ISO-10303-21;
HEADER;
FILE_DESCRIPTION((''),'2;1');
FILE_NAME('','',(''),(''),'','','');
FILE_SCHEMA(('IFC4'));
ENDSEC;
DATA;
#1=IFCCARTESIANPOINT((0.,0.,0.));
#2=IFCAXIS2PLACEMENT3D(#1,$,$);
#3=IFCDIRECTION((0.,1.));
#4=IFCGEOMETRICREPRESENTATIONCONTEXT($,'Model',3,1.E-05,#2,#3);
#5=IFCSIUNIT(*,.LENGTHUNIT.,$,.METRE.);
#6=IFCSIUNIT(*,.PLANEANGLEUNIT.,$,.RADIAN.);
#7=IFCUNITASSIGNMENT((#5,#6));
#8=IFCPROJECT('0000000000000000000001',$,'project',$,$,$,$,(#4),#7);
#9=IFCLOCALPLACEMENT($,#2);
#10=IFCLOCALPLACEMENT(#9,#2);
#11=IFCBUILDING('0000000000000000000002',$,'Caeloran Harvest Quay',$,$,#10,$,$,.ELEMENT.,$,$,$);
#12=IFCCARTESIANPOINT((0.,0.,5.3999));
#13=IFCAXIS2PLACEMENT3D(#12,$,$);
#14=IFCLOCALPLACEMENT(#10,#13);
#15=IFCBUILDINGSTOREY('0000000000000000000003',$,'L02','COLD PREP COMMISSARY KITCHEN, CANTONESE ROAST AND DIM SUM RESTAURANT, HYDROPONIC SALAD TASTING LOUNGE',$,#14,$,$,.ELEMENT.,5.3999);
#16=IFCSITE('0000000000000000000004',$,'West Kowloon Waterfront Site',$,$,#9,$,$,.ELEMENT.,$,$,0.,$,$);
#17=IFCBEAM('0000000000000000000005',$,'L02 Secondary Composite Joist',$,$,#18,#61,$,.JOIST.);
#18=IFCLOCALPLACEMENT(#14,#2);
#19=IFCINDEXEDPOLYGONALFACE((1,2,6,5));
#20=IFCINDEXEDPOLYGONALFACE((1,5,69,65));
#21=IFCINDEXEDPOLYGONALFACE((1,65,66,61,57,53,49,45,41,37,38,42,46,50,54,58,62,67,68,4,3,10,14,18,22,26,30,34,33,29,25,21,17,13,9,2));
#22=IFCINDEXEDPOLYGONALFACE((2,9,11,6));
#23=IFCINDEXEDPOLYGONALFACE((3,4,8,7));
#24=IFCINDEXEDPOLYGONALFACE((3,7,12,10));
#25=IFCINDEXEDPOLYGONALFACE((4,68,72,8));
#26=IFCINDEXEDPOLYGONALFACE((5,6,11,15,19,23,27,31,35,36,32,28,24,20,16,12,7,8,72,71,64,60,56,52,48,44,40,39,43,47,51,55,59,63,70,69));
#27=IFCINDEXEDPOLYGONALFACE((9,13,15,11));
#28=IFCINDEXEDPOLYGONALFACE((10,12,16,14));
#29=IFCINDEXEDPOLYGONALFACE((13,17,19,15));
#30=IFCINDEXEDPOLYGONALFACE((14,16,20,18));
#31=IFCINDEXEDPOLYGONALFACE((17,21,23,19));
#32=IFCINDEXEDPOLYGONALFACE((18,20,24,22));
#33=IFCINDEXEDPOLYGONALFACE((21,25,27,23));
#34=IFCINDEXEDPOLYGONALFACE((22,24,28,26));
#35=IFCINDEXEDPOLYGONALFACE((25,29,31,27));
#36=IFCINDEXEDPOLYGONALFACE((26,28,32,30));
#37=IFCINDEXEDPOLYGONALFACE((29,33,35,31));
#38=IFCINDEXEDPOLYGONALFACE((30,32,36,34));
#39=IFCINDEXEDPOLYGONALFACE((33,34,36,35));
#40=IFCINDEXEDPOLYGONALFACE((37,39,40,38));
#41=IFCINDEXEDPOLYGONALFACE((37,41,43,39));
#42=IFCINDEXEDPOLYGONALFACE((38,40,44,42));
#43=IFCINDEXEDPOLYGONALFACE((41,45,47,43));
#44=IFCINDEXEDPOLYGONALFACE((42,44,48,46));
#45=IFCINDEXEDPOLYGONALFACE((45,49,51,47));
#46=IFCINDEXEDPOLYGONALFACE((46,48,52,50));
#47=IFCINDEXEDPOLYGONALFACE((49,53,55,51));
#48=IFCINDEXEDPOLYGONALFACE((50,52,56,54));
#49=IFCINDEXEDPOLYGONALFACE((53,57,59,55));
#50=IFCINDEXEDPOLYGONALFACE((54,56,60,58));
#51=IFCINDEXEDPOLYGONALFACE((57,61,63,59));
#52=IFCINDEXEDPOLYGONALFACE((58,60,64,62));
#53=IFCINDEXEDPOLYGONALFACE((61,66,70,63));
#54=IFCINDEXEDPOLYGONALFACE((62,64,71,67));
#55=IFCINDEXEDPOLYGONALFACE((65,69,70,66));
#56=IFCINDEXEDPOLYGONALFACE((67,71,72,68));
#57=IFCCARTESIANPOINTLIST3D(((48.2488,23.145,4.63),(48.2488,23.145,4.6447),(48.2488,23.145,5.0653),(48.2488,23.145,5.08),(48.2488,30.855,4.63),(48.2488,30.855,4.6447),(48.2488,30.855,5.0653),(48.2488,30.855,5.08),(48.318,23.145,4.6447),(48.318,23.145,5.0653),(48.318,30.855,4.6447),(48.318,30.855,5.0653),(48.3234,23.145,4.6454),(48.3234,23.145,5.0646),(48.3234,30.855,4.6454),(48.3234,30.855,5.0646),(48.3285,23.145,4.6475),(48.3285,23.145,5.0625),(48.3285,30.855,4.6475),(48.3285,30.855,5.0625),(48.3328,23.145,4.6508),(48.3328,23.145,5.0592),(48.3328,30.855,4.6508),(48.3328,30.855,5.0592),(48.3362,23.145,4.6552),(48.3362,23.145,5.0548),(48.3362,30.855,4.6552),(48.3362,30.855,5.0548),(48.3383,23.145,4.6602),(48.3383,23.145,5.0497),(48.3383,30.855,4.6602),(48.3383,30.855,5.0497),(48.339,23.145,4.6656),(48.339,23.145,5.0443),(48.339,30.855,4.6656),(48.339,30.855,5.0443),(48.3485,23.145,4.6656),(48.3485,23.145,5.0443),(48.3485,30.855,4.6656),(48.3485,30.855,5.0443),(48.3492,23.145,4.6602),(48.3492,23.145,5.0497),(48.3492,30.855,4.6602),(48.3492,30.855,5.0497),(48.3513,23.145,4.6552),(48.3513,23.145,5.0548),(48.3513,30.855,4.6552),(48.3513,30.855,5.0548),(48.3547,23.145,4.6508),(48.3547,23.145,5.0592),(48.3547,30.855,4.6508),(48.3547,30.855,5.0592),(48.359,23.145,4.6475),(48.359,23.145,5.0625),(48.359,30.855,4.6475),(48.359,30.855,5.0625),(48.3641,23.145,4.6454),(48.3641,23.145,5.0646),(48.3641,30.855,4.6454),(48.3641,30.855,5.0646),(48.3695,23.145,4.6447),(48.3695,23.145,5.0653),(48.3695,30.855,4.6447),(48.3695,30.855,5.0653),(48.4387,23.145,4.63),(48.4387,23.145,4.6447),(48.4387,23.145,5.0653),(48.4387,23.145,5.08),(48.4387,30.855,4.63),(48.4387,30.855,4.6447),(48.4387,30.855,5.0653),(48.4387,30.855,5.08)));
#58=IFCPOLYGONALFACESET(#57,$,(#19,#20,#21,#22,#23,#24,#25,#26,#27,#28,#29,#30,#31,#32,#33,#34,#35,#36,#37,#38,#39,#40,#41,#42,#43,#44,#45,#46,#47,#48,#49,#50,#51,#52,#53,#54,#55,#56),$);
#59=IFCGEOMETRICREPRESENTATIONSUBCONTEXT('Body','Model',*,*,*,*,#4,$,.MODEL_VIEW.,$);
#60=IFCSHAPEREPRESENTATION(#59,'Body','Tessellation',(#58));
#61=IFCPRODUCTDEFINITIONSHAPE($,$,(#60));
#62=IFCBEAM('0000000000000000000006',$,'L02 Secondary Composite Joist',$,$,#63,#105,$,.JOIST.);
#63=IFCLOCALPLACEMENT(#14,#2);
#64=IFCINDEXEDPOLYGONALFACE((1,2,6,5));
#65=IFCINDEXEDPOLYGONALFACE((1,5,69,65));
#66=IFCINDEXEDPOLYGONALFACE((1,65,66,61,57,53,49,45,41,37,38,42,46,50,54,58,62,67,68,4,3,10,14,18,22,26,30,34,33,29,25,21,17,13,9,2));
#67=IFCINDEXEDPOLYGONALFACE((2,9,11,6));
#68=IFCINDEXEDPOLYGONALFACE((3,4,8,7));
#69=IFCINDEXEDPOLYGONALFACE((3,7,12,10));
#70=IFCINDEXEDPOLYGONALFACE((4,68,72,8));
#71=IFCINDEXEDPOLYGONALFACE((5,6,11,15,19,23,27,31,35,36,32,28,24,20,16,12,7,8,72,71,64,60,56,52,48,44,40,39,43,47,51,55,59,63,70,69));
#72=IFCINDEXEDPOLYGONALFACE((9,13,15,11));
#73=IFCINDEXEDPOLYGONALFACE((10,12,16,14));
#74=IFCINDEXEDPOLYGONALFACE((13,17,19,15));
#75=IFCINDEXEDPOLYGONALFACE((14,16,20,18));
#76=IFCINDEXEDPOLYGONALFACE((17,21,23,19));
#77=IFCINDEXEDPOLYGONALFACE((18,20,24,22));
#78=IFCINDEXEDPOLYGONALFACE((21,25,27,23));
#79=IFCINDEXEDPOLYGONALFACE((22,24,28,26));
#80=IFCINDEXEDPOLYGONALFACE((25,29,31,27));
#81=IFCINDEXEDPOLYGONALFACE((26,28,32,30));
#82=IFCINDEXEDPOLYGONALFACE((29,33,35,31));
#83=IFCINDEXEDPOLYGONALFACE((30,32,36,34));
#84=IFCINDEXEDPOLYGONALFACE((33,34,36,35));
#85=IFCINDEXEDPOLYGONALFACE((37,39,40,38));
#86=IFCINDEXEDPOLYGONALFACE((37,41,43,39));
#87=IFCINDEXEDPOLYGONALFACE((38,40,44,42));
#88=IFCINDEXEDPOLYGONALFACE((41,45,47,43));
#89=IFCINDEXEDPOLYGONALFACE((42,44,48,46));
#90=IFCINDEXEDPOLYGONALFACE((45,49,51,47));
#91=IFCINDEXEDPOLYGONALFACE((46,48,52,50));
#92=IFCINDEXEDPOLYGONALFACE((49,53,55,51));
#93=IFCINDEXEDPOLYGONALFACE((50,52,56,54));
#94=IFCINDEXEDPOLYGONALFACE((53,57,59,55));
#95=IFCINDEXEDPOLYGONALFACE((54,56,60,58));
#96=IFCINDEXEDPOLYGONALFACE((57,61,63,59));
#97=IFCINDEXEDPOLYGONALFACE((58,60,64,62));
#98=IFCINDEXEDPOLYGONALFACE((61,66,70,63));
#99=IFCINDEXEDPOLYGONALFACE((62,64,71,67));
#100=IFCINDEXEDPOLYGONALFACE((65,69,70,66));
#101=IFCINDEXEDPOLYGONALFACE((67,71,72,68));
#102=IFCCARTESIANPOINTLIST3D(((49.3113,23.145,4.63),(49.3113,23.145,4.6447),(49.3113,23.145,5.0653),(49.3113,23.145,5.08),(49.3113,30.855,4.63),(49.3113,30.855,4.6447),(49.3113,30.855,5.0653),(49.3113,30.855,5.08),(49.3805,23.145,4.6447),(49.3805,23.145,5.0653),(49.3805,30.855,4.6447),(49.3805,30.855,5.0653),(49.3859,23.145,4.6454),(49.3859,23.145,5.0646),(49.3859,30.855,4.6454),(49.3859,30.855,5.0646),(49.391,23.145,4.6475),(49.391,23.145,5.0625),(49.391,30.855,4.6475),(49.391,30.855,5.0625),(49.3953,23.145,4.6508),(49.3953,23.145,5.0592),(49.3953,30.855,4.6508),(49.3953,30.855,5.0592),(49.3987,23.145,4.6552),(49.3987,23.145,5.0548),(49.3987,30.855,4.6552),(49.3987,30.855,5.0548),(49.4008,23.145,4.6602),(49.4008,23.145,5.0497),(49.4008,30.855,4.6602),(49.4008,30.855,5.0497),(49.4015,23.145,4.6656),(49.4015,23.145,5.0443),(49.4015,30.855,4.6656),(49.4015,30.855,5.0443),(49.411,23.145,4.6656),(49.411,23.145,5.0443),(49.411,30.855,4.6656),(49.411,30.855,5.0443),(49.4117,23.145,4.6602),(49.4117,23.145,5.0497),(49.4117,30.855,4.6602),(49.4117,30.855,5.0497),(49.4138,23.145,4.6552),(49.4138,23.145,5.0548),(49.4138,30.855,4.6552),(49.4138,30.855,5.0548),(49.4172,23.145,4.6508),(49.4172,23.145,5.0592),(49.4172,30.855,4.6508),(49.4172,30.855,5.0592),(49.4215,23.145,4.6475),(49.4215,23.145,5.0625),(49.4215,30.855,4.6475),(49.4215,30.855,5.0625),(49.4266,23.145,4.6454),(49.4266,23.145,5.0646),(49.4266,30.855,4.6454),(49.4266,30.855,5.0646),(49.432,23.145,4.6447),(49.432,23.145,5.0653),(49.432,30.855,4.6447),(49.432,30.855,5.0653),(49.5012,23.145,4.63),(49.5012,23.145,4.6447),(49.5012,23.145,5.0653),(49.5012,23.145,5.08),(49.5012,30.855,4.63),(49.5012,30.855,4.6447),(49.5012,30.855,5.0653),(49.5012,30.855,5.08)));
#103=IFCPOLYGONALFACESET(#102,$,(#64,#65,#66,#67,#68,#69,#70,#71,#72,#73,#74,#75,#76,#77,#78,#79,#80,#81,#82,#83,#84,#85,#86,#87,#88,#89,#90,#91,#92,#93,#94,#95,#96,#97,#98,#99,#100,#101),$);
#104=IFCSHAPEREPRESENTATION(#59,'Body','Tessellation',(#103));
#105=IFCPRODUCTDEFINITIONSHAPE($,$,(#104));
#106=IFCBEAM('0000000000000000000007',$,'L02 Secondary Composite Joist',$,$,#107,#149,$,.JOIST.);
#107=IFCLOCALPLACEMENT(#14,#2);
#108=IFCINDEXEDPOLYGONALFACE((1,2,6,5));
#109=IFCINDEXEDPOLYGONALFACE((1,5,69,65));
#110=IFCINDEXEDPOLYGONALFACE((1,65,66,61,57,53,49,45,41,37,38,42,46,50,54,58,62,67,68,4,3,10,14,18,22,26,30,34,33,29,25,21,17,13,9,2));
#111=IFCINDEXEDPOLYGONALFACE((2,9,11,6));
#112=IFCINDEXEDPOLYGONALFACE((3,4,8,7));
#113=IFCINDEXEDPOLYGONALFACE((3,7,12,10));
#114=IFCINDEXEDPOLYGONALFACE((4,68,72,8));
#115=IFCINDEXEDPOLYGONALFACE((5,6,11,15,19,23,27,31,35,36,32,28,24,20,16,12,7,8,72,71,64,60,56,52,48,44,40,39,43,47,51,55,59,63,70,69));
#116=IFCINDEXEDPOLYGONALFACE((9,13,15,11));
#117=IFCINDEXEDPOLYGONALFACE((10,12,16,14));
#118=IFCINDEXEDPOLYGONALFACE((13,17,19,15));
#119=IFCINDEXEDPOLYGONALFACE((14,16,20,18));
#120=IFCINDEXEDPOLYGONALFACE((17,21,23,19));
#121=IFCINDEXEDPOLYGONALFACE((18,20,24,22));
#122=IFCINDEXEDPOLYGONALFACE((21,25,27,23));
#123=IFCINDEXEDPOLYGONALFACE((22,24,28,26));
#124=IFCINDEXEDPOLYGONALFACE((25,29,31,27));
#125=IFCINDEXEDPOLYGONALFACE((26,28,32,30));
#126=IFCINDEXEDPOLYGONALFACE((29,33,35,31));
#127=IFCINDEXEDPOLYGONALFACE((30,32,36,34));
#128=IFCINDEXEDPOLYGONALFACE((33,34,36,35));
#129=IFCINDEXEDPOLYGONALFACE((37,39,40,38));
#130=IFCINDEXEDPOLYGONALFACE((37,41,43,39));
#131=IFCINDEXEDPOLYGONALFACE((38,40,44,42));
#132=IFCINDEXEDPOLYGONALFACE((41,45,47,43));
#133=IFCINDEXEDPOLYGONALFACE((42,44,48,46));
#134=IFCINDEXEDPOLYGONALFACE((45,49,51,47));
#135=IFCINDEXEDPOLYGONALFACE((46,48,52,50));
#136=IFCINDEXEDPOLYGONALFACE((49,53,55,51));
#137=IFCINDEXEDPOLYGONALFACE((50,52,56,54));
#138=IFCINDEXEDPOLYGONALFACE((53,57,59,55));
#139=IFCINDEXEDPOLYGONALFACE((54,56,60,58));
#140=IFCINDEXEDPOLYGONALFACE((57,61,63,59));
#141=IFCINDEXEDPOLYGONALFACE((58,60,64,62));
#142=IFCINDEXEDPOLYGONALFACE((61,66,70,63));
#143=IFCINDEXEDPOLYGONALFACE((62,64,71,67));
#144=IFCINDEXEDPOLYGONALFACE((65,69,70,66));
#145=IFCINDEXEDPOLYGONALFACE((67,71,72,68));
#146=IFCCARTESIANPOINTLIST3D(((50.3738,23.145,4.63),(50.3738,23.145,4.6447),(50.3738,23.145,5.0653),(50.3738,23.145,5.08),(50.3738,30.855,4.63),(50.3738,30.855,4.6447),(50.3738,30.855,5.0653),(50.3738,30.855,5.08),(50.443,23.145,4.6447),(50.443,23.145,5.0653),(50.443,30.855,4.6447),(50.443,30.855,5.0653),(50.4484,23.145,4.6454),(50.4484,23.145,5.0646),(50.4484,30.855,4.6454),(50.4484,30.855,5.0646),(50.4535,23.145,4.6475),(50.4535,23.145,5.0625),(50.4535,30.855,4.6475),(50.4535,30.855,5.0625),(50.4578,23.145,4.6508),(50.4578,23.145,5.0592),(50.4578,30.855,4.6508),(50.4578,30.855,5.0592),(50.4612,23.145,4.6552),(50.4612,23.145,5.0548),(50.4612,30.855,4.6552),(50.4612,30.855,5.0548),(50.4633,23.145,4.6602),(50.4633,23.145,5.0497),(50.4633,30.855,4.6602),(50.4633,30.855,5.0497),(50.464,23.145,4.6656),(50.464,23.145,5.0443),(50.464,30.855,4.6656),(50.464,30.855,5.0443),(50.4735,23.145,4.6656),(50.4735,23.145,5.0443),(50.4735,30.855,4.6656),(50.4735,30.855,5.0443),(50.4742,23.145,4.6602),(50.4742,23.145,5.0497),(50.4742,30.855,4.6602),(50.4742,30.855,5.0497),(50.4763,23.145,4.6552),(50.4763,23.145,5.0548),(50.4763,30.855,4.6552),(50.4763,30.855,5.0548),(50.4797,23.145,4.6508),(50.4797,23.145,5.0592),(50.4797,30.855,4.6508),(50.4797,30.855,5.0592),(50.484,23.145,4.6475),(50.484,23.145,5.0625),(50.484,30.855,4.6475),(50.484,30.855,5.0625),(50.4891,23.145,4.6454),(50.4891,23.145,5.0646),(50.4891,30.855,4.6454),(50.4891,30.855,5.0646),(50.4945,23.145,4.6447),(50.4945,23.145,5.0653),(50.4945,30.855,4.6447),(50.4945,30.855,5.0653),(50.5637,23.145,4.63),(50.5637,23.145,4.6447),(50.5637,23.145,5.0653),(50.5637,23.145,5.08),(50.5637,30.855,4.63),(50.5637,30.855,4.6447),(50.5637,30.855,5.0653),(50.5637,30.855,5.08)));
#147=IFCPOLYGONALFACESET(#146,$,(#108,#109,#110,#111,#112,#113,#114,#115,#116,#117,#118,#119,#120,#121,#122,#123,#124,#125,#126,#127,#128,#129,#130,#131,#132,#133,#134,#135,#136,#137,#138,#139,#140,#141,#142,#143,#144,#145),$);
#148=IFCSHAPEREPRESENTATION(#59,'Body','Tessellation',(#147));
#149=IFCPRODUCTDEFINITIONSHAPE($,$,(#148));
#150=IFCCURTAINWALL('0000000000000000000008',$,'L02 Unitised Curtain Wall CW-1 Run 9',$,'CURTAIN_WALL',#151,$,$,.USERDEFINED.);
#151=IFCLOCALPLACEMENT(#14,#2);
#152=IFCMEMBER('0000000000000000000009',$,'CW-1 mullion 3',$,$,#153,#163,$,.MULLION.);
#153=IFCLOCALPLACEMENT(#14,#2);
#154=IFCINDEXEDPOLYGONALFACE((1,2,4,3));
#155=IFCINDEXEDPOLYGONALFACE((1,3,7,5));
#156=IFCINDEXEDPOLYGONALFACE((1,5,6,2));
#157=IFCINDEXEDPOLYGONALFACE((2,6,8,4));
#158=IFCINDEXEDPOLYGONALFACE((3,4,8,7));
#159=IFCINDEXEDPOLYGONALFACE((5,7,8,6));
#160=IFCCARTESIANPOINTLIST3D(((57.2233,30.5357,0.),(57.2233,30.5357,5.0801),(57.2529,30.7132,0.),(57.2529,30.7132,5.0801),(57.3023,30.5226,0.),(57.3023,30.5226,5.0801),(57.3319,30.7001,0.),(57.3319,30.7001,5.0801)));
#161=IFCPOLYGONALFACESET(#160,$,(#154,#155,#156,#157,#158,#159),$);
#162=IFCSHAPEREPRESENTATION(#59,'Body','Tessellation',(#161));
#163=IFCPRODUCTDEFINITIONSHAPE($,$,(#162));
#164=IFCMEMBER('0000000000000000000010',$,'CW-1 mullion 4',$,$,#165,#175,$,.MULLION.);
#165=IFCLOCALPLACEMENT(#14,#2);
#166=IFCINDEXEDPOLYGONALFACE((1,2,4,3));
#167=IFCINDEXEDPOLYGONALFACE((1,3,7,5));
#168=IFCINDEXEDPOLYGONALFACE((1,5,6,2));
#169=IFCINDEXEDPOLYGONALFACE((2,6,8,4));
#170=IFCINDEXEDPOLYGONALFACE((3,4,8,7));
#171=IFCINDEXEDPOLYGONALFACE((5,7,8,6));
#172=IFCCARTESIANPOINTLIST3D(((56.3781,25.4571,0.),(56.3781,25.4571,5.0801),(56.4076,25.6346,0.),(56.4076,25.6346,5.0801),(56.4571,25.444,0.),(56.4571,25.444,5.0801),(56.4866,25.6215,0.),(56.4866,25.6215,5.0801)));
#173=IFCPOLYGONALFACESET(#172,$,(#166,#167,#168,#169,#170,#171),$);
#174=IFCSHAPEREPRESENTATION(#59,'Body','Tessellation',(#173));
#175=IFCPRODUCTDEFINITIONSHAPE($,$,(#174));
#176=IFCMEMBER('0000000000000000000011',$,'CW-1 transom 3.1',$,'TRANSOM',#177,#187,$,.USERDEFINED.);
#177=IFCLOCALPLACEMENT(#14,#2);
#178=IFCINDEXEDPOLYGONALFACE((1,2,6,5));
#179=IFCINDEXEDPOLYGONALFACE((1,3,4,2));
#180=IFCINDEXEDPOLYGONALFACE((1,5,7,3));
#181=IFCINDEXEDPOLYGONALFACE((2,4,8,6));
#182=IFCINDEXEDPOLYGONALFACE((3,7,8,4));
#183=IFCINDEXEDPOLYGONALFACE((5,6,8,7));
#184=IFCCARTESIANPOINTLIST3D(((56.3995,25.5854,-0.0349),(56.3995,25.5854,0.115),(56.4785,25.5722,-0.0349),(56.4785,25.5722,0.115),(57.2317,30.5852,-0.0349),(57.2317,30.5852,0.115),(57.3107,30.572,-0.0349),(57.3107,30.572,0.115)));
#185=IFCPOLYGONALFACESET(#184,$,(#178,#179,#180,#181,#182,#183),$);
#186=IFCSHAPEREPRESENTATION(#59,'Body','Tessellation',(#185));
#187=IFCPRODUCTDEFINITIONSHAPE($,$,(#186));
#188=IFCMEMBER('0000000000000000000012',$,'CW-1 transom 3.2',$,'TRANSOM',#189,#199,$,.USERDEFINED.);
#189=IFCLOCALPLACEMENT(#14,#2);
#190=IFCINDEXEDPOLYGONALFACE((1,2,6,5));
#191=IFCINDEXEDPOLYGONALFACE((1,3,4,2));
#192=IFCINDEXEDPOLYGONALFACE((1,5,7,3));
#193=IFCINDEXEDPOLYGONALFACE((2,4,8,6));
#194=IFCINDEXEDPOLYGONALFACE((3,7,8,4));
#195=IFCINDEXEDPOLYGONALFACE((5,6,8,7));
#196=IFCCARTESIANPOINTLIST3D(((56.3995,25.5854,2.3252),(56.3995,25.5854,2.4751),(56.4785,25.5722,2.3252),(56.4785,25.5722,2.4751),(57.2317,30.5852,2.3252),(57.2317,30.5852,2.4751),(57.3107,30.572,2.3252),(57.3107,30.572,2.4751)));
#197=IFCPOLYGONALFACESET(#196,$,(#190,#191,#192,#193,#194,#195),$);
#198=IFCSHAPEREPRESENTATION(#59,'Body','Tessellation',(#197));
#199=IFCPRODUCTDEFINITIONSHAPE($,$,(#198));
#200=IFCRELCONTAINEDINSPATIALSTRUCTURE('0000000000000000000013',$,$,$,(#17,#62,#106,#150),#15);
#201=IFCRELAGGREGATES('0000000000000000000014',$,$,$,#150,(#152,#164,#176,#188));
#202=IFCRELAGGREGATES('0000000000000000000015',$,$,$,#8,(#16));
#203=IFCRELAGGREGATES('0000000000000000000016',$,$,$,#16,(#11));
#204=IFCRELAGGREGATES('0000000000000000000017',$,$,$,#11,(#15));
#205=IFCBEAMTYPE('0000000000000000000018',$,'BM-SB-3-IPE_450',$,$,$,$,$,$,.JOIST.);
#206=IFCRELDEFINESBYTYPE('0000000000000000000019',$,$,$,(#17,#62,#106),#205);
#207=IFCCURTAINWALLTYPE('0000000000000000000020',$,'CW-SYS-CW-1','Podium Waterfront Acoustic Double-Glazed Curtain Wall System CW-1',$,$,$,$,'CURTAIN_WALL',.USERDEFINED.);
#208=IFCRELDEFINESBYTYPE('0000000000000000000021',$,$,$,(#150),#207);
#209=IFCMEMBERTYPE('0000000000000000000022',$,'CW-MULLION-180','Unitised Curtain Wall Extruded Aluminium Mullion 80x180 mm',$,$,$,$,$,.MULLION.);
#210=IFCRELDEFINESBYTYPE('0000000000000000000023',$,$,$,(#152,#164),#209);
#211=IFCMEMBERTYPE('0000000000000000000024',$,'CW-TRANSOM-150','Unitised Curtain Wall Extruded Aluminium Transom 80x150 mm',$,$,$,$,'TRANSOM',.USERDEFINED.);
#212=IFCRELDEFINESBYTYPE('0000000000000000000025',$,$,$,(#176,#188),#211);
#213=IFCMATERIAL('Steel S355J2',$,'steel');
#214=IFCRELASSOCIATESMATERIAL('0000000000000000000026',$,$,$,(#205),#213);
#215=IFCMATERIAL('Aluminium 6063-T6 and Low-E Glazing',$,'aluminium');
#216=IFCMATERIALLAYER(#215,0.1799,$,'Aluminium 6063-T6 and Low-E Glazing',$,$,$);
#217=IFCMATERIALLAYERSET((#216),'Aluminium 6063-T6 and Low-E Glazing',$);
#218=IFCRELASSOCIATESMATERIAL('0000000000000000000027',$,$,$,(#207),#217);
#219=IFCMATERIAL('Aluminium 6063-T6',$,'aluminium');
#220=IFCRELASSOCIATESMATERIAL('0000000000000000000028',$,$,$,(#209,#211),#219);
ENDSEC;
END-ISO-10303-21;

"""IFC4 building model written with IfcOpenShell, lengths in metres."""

from ifc_helpers import new_model, si_unit, direction, frame, origin, origin_2d, place, context, subcontext, project, spatial, rectangle, i_section, extrude, material, layer, layer_set, material_profile, profile_set, type_object, element, aggregate, save


model = new_model("IFC4")

# Units and contexts
model_context = context("Model", 3, precision=1e-05, world=origin(), true_north=direction((0.0, 1.0)))
body_context = subcontext(model_context, "Body", "Model", "MODEL_VIEW")
ifc_project = project(units=[si_unit("LENGTHUNIT", "METRE"), si_unit("PLANEANGLEUNIT", "RADIAN")], contexts=[model_context])

# Site, building, storey
site_placement = place(None, origin())
site = spatial("IfcSite", under=ifc_project, at=site_placement, Name="West Kowloon Waterfront Site", CompositionType="ELEMENT", RefElevation=0.0)
building_placement = place(site_placement, origin())
building = spatial("IfcBuilding", under=site, at=building_placement, Name="Caeloran Harvest Quay", CompositionType="ELEMENT")
storey_placement = place(building_placement, frame((0.0, 0.0, 5.3999)))
storey = spatial("IfcBuildingStorey", under=building, at=storey_placement, Name="L02", Description="COLD PREP COMMISSARY KITCHEN, CANTONESE ROAST AND DIM SUM RESTAURANT, HYDROPONIC SALAD TASTING LOUNGE", CompositionType="ELEMENT", Elevation=5.3999)

# Beams
ifc_material_1 = material(Name="Steel S355J2", Category="steel")
ifc_material_profile_1 = material_profile(ifc_material_1, i_section(OverallWidth=0.1899, OverallDepth=0.45, WebThickness=0.0095, FlangeThickness=0.0146, FilletRadius=0.021, at=origin_2d()), Name="IPE 450")
ifc_profile_set_1 = profile_set([ifc_material_profile_1], Name="Steel S355J2")
beam_type_1 = type_object("IfcBeamType", Name="BM-SB-3-IPE_450", PredefinedType="JOIST", material=ifc_profile_set_1)
for number, where, z_axis, x_axis, name in (
    (1, (48.3438, 23.145, 4.855), (0.0, 1.0, 0.0), (-1.0, 0.0, 0.0), "L02 Secondary Composite Joist"),
    (2, (49.4062, 23.145, 4.855), (0.0, 1.0, 0.0), (-1.0, 0.0, 0.0), "L02 Secondary Composite Joist"),
    (3, (50.4688, 23.145, 4.855), (0.0, 1.0, 0.0), (-1.0, 0.0, 0.0), "L02 Secondary Composite Joist"),
):
    element("IfcBeam", number, at=place(storey_placement, frame(where, z_axis=z_axis, x_axis=x_axis)), inside=storey, type_object=beam_type_1, Name=name, PredefinedType="JOIST", context=body_context, shape_type="SweptSolid", body=[
        extrude(i_section(OverallWidth=0.1899, OverallDepth=0.45, WebThickness=0.0095, FlangeThickness=0.0146, FilletRadius=0.021, at=origin_2d()), origin(), (0.0, 0.0, 1.0), 7.71),
    ])

# Curtain wall, members
ifc_material_2 = material(Name="Aluminium 6063-T6 and Low-E Glazing", Category="aluminium")
ifc_layer_1 = layer(ifc_material_2, 0.1799, Name="Aluminium 6063-T6 and Low-E Glazing")
ifc_layer_set_1 = layer_set([ifc_layer_1], Name="Aluminium 6063-T6 and Low-E Glazing")
curtain_wall_type = type_object("IfcCurtainWallType", Name="CW-SYS-CW-1", Description="Podium Waterfront Acoustic Double-Glazed Curtain Wall System CW-1", ElementType="CURTAIN_WALL", PredefinedType="USERDEFINED", material=ifc_layer_set_1)
curtain_wall_placement = place(storey_placement, origin())
curtain_wall = element("IfcCurtainWall", 4, at=curtain_wall_placement, inside=storey, type_object=curtain_wall_type, Name="L02 Unitised Curtain Wall CW-1 Run 9", ObjectType="CURTAIN_WALL", PredefinedType="USERDEFINED")
ifc_material_3 = material(Name="Aluminium 6063-T6", Category="aluminium")
ifc_material_profile_2 = material_profile(ifc_material_3, rectangle(XDim=0.0801, YDim=0.1799, at=origin_2d()), Name="CW-MULLION-180")
ifc_profile_set_2 = profile_set([ifc_material_profile_2], Name="Aluminium 6063-T6")
member_type_1 = type_object("IfcMemberType", Name="CW-MULLION-180", Description="Unitised Curtain Wall Extruded Aluminium Mullion 80x180 mm", PredefinedType="MULLION", material=ifc_profile_set_2)
member_1_placement = place(storey_placement, frame((57.2776, 30.6179, 0.0), z_axis=(0.0, 0.0, 1.0), x_axis=(0.986431, -0.164175, 0.0)))
member_1 = element("IfcMember", 5, at=member_1_placement, type_object=member_type_1, Name="CW-1 mullion 3", PredefinedType="MULLION", context=body_context, shape_type="SweptSolid", body=[
    extrude(rectangle(XDim=0.0801, YDim=0.1799, at=origin_2d()), origin(), (0.0, 0.0, 1.0), 5.0801),
])
member_2_placement = place(storey_placement, frame((56.4324, 25.5393, 0.0), z_axis=(0.0, 0.0, 1.0), x_axis=(0.986431, -0.164175, 0.0)))
member_2 = element("IfcMember", 6, at=member_2_placement, type_object=member_type_1, Name="CW-1 mullion 4", PredefinedType="MULLION", context=body_context, shape_type="SweptSolid", body=[
    extrude(rectangle(XDim=0.0801, YDim=0.1799, at=origin_2d()), origin(), (0.0, 0.0, 1.0), 5.0801),
])
ifc_material_profile_3 = material_profile(ifc_material_3, rectangle(XDim=0.0801, YDim=0.1499, at=origin_2d()), Name="CW-TRANSOM-150")
ifc_profile_set_3 = profile_set([ifc_material_profile_3], Name="Aluminium 6063-T6")
member_type_2 = type_object("IfcMemberType", Name="CW-TRANSOM-150", Description="Unitised Curtain Wall Extruded Aluminium Transom 80x150 mm", ElementType="TRANSOM", PredefinedType="USERDEFINED", material=ifc_profile_set_3)
member_3_placement = place(storey_placement, frame((57.2712, 30.5786, 0.04), z_axis=(-0.164204, -0.986426, 0.0), x_axis=(0.986426, -0.164204, 0.0)))
member_3 = element("IfcMember", 7, at=member_3_placement, type_object=member_type_2, Name="CW-1 transom 3.1", ObjectType="TRANSOM", PredefinedType="USERDEFINED", context=body_context, shape_type="SweptSolid", body=[
    extrude(rectangle(XDim=0.0801, YDim=0.1499, at=origin_2d()), origin(), (0.0, 0.0, 1.0), 5.0686),
])
member_4_placement = place(storey_placement, frame((57.2712, 30.5786, 2.4001), z_axis=(-0.164204, -0.986426, 0.0), x_axis=(0.986426, -0.164204, 0.0)))
member_4 = element("IfcMember", 8, at=member_4_placement, type_object=member_type_2, Name="CW-1 transom 3.2", ObjectType="TRANSOM", PredefinedType="USERDEFINED", context=body_context, shape_type="SweptSolid", body=[
    extrude(rectangle(XDim=0.0801, YDim=0.1499, at=origin_2d()), origin(), (0.0, 0.0, 1.0), 5.0686),
])
aggregate(curtain_wall, [member_1, member_2, member_3, member_4])

save(model, "model.ifc")
